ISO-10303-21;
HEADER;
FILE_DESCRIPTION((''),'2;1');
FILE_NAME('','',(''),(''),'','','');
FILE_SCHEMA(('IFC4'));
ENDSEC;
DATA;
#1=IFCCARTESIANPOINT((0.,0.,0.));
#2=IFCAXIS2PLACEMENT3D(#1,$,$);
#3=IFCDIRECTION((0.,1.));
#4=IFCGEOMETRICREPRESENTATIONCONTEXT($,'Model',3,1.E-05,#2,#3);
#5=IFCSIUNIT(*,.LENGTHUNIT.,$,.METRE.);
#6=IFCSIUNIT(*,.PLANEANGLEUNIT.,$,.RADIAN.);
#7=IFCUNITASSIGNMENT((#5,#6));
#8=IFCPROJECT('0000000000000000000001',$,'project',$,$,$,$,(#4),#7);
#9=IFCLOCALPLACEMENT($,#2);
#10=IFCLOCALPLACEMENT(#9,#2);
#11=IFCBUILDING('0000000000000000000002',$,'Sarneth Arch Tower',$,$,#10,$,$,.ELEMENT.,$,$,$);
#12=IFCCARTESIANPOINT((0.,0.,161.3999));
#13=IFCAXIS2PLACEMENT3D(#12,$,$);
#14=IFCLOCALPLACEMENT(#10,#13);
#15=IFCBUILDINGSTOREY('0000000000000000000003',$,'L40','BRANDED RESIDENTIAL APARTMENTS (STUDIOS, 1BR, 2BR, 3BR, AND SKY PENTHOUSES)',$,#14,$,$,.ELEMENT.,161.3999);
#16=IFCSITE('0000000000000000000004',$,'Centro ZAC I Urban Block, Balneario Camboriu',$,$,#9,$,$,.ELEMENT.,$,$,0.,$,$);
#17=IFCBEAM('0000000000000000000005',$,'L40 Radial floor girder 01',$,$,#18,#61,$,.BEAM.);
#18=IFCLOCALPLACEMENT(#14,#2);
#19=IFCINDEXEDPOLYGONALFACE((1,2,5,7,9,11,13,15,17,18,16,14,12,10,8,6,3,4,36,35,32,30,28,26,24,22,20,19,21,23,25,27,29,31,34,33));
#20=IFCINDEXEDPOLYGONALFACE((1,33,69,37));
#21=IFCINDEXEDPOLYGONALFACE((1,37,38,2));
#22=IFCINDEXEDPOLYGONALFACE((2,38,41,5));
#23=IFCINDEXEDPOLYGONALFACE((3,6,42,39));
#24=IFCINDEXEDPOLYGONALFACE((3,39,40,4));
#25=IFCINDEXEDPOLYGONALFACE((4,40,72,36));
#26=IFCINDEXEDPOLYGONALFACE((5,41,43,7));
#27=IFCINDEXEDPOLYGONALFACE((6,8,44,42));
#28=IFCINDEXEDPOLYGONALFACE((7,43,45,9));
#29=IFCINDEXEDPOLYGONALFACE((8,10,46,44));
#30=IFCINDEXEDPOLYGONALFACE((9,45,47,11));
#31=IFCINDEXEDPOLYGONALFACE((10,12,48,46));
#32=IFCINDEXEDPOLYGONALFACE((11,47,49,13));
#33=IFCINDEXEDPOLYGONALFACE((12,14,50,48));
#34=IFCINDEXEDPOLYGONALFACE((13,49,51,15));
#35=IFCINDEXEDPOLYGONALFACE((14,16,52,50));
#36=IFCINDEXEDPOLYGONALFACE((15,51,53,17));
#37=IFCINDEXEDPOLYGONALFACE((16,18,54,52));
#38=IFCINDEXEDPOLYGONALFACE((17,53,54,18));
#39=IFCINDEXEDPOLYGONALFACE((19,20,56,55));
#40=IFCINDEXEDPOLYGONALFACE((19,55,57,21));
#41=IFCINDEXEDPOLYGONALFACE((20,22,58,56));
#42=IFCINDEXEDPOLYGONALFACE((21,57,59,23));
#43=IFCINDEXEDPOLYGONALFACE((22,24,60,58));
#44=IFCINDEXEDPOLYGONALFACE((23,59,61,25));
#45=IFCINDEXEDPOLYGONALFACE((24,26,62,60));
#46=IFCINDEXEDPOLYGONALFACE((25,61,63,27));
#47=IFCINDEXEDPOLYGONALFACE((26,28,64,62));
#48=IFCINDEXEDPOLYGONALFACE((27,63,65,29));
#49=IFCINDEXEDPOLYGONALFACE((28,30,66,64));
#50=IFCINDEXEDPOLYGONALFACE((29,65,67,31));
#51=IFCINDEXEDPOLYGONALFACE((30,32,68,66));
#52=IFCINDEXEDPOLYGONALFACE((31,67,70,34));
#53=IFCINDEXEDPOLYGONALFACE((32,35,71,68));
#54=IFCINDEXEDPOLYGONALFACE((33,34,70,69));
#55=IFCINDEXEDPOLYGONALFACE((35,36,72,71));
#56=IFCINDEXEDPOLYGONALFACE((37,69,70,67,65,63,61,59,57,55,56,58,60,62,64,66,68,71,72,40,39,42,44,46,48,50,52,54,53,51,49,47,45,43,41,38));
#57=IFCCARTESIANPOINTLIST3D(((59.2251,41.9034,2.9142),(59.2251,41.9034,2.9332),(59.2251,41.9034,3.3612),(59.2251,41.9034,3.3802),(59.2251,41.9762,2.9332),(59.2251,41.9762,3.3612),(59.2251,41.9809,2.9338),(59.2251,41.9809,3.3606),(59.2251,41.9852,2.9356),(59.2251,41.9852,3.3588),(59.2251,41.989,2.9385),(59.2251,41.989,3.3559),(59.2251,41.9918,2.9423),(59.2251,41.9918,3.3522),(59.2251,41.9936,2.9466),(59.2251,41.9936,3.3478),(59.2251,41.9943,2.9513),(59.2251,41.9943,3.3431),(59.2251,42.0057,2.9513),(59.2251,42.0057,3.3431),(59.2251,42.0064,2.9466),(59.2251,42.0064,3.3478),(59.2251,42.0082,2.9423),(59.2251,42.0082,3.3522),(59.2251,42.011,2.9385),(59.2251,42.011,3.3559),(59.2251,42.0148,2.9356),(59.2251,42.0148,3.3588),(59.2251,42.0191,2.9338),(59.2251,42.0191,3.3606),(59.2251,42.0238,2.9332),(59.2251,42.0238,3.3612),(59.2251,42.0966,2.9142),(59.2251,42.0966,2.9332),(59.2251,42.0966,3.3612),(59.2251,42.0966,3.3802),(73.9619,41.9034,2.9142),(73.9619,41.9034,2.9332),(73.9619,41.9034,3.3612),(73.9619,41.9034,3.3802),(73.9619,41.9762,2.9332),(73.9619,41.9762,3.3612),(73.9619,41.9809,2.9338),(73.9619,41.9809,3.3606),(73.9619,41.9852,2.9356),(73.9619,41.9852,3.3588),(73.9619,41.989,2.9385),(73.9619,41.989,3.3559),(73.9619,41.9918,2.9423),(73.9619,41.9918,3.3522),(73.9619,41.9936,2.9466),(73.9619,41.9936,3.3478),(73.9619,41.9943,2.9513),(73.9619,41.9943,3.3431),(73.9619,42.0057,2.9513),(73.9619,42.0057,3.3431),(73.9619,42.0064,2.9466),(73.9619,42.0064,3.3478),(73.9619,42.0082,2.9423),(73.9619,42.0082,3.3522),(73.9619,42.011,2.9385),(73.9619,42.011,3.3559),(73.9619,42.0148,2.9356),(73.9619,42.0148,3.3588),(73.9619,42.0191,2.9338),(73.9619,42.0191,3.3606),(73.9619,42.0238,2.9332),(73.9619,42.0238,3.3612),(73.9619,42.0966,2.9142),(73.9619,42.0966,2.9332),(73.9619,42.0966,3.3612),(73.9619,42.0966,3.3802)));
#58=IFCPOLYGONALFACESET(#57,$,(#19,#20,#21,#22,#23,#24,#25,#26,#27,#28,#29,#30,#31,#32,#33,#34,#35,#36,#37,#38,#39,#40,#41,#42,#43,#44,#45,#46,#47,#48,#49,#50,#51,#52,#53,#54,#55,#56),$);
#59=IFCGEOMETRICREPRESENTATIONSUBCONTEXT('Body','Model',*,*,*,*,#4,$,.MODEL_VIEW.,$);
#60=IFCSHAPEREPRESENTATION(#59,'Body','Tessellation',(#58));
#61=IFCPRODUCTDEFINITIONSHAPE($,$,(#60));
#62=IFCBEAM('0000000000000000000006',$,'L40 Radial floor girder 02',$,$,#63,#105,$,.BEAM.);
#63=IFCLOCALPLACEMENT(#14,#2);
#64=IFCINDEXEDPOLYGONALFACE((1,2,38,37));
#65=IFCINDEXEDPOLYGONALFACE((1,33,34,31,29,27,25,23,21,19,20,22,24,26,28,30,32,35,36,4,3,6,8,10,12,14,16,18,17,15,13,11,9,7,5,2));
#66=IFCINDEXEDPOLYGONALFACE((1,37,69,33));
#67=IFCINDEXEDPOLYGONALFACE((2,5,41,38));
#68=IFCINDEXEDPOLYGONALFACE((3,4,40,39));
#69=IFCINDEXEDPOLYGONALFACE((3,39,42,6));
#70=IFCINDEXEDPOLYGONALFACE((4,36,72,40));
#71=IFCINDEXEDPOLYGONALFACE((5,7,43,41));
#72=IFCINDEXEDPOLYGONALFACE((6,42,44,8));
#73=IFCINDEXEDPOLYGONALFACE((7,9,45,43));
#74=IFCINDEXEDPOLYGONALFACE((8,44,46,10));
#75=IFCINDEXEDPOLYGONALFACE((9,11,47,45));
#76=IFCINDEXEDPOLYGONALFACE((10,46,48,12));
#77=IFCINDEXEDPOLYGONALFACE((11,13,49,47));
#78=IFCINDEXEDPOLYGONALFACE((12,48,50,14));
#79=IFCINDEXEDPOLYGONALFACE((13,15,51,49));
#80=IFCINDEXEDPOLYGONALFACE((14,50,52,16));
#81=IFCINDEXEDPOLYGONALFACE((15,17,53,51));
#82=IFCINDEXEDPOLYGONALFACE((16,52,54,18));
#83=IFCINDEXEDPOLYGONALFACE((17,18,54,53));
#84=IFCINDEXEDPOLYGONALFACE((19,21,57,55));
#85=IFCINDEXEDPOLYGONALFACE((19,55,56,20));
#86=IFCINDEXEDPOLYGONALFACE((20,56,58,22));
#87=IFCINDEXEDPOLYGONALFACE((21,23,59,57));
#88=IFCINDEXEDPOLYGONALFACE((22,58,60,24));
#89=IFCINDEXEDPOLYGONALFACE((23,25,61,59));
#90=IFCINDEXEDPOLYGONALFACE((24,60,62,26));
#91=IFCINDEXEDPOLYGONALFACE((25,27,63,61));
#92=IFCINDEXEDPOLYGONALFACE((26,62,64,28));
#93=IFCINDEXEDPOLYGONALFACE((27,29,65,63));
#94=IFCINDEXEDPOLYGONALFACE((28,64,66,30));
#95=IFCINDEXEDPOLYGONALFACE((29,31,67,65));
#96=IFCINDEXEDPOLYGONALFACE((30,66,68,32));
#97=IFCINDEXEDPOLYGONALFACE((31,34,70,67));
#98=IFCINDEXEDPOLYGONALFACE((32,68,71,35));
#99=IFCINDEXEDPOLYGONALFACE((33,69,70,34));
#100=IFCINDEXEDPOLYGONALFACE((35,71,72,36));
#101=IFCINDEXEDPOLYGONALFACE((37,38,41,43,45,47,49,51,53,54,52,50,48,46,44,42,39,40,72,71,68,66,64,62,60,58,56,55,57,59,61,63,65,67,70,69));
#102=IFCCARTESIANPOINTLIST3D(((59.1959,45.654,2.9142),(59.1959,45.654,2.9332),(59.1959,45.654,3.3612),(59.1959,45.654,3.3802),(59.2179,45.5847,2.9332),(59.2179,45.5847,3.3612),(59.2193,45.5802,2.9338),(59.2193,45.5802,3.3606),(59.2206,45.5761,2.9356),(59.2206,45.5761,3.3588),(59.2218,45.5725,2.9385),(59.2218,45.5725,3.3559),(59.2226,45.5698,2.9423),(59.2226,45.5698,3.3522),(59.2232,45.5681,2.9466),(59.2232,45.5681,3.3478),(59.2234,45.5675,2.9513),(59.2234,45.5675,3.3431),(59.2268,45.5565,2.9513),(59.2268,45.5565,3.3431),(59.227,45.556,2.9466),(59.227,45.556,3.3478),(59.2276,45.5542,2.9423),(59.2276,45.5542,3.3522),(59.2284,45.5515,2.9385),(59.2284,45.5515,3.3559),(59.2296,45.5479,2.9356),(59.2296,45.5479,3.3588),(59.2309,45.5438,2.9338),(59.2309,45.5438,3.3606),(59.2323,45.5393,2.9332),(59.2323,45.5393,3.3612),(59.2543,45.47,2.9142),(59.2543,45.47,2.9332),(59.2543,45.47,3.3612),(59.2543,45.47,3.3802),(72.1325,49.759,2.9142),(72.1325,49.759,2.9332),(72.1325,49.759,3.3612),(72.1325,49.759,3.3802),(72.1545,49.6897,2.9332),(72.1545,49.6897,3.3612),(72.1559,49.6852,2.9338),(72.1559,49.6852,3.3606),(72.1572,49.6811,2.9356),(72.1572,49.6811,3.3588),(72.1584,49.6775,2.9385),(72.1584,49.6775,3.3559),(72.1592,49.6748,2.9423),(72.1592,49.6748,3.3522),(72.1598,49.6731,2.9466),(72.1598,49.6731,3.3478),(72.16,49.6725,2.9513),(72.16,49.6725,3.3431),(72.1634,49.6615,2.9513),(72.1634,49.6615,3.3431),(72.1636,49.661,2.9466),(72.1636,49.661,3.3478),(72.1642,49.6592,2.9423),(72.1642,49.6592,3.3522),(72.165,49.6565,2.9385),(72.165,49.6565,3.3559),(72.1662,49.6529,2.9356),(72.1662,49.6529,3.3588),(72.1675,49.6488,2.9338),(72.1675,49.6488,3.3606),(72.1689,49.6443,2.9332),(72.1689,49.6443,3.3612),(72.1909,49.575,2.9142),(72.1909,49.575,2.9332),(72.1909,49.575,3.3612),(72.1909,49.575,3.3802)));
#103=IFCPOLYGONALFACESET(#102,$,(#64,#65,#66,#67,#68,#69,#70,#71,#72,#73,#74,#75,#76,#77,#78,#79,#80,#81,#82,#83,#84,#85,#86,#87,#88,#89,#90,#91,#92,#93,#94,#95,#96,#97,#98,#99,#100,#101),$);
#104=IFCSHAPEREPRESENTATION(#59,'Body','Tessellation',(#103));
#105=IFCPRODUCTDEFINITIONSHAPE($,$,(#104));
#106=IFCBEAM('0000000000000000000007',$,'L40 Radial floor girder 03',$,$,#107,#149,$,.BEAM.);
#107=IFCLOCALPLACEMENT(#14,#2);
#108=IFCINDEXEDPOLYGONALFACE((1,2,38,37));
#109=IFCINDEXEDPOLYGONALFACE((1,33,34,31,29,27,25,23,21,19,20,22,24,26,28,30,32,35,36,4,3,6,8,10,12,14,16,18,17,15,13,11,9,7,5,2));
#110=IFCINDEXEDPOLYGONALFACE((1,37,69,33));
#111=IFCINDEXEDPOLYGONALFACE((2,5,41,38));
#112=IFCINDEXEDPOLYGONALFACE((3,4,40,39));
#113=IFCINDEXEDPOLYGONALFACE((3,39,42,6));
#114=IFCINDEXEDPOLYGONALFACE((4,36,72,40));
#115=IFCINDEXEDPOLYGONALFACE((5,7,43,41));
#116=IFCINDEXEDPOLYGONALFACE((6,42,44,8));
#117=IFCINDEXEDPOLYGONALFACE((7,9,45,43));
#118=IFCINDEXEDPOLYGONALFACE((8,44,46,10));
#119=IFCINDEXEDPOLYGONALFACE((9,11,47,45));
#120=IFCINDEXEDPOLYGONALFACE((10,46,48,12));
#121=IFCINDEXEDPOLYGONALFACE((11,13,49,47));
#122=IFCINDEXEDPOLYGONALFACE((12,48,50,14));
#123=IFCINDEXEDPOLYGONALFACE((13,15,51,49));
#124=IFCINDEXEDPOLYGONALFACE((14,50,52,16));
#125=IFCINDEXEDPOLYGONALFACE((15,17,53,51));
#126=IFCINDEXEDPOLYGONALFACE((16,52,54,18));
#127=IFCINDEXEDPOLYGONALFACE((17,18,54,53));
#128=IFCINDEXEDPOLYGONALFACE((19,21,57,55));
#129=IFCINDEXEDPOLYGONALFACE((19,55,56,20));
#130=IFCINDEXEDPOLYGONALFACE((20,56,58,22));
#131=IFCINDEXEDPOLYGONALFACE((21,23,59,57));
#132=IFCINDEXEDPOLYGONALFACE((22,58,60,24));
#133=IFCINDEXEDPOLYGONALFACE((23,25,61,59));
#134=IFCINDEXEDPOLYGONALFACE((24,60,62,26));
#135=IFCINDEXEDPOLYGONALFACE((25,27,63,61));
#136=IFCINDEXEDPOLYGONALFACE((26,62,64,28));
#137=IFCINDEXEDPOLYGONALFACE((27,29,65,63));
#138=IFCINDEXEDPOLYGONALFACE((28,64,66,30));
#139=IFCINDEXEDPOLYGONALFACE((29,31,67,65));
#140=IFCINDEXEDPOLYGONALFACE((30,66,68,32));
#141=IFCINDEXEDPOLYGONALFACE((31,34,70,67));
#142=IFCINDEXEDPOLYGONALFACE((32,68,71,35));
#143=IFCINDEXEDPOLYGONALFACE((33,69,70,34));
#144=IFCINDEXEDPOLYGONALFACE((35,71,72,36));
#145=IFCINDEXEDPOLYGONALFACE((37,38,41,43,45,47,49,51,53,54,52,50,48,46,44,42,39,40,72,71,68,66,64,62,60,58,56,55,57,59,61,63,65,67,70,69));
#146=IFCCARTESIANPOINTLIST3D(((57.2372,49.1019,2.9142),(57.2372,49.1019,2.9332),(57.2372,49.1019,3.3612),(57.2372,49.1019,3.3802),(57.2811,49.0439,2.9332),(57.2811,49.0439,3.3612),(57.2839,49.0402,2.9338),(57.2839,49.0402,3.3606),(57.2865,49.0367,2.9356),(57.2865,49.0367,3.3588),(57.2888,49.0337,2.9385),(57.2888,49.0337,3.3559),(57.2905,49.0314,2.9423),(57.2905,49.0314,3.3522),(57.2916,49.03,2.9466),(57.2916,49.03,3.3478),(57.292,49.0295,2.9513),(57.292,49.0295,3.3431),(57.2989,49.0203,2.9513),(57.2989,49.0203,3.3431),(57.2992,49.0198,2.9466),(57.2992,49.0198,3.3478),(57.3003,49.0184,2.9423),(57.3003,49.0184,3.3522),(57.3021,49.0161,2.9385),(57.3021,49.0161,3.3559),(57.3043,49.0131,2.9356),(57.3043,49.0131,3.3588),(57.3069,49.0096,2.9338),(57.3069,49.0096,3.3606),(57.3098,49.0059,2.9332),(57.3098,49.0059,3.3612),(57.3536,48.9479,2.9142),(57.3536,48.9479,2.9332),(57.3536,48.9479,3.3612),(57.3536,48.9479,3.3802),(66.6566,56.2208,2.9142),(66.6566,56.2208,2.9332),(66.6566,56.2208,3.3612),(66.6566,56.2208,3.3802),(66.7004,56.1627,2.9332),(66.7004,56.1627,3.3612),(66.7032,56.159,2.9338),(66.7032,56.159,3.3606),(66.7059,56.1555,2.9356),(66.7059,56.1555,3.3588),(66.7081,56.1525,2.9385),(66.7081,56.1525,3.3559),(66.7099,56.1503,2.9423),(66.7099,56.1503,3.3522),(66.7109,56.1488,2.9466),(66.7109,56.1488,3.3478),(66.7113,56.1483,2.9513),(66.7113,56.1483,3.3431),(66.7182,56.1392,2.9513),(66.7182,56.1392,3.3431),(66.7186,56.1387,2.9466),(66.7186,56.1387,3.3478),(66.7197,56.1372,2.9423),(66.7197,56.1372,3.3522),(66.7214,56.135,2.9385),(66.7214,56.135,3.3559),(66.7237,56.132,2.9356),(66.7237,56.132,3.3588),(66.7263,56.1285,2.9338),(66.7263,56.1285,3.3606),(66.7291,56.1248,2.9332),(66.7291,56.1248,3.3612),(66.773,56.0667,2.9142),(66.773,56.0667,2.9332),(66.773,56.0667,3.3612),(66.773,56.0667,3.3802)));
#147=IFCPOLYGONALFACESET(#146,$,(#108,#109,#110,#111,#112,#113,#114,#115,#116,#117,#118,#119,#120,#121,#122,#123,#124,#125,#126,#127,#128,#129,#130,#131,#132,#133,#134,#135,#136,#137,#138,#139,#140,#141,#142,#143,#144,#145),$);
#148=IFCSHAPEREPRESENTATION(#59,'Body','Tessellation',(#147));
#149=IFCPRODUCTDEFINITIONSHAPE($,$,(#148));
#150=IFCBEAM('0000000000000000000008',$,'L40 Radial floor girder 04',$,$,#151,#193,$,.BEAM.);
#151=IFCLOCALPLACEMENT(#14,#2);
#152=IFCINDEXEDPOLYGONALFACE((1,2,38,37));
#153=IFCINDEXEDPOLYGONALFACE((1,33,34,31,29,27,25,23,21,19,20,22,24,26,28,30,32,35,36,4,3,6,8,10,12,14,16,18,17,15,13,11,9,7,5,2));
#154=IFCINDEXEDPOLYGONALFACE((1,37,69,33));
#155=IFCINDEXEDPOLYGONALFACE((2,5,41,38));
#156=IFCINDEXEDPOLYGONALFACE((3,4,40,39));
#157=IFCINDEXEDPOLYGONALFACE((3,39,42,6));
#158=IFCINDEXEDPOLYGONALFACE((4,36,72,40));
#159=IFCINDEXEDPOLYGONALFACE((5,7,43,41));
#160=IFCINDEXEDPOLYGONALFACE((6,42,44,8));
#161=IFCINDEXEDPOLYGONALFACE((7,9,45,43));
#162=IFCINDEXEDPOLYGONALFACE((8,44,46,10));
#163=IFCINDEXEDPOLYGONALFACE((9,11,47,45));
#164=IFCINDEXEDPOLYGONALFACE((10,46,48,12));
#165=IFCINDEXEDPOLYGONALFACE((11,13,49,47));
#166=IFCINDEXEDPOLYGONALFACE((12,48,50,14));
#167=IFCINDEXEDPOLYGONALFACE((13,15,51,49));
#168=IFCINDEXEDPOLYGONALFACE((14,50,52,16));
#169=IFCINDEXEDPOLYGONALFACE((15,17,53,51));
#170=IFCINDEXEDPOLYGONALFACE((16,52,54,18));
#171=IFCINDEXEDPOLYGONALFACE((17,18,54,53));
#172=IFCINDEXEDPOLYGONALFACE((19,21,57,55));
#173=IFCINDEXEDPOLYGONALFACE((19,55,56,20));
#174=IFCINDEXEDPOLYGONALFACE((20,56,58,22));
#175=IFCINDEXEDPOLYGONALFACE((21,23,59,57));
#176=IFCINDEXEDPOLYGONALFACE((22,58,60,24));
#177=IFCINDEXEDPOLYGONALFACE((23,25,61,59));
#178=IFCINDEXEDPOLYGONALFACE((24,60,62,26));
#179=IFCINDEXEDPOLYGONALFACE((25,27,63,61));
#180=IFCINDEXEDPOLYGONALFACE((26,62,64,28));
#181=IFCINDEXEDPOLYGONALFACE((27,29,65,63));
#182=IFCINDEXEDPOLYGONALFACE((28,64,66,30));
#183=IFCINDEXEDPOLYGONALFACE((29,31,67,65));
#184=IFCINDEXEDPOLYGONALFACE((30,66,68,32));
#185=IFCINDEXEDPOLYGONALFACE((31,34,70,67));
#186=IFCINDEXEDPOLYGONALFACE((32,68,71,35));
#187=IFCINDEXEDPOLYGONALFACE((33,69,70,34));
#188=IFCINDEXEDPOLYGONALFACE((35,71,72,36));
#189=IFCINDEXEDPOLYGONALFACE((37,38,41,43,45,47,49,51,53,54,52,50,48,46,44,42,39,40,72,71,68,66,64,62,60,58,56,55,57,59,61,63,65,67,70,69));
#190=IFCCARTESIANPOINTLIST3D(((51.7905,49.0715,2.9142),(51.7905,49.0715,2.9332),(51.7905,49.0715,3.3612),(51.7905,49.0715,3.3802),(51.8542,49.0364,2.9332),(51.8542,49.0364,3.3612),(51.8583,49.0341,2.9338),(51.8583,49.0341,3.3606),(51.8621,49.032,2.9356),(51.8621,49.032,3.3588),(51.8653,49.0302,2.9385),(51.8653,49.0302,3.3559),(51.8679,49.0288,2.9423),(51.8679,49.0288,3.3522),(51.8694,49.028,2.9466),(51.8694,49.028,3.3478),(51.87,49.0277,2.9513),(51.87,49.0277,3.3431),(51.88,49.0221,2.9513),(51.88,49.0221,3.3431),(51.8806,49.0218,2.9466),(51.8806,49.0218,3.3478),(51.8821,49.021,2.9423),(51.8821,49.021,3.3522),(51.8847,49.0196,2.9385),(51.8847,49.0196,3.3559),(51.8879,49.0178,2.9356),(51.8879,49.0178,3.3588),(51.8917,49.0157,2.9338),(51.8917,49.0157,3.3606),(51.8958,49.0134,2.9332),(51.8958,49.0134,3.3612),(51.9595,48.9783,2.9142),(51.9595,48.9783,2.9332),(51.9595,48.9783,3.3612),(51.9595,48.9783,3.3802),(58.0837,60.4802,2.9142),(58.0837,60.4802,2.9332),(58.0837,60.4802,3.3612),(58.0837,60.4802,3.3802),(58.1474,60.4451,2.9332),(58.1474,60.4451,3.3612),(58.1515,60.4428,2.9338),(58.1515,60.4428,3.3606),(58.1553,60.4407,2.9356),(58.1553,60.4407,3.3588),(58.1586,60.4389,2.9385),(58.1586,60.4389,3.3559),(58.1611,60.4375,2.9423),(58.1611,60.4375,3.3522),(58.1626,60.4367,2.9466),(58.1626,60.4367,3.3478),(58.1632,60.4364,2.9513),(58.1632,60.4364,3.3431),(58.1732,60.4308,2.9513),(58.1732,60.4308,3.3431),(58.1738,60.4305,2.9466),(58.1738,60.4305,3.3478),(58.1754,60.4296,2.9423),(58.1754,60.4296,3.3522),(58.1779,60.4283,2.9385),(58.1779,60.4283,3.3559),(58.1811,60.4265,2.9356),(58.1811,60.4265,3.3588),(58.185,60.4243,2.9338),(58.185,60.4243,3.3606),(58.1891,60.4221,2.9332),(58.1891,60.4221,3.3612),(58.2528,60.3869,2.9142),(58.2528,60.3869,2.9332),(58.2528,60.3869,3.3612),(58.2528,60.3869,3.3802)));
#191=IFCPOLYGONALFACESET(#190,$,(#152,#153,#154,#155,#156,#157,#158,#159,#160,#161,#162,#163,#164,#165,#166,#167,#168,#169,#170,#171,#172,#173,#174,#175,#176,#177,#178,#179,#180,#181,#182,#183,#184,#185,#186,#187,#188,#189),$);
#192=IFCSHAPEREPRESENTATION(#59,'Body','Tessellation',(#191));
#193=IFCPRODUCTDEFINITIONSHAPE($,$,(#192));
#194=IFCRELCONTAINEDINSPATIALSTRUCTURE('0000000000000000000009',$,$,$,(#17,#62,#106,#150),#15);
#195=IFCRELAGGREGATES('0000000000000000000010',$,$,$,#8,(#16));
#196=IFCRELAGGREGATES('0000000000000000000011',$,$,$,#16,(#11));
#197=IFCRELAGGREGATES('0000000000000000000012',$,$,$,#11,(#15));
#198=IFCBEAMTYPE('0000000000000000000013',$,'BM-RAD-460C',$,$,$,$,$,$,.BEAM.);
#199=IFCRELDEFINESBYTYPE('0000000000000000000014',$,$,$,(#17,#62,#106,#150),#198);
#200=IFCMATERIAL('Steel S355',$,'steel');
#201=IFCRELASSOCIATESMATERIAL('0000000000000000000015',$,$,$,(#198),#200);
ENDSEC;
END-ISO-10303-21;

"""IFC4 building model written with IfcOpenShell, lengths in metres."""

from ifc_helpers import new_model, si_unit, direction, frame, origin, origin_2d, place, context, subcontext, project, spatial, i_section, extrude, material, material_profile, profile_set, type_object, element, save


model = new_model("IFC4")

# Units and contexts
model_context = context("Model", 3, precision=1e-05, world=origin(), true_north=direction((0.0, 1.0)))
body_context = subcontext(model_context, "Body", "Model", "MODEL_VIEW")
ifc_project = project(units=[si_unit("LENGTHUNIT", "METRE"), si_unit("PLANEANGLEUNIT", "RADIAN")], contexts=[model_context])

# Site, building, storey
site_placement = place(None, origin())
site = spatial("IfcSite", under=ifc_project, at=site_placement, Name="Centro ZAC I Urban Block, Balneario Camboriu", CompositionType="ELEMENT", RefElevation=0.0)
building_placement = place(site_placement, origin())
building = spatial("IfcBuilding", under=site, at=building_placement, Name="Sarneth Arch Tower", CompositionType="ELEMENT")
storey_placement = place(building_placement, frame((0.0, 0.0, 161.3999)))
storey = spatial("IfcBuildingStorey", under=building, at=storey_placement, Name="L40", Description="BRANDED RESIDENTIAL APARTMENTS (STUDIOS, 1BR, 2BR, 3BR, AND SKY PENTHOUSES)", CompositionType="ELEMENT", Elevation=161.3999)

# Beams
ifc_material_1 = material(Name="Steel S355", Category="steel")
ifc_material_profile_1 = material_profile(ifc_material_1, i_section(OverallWidth=0.1931, OverallDepth=0.4661, WebThickness=0.0115, FlangeThickness=0.019, FilletRadius=0.0181, at=origin_2d()), Name="W460x97")
ifc_profile_set_1 = profile_set([ifc_material_profile_1], Name="Steel S355")
beam_type_1 = type_object("IfcBeamType", Name="BM-RAD-460C", PredefinedType="BEAM", material=ifc_profile_set_1)
beam_1_placement = place(storey_placement, frame((59.2251, 42.0, 3.1472), z_axis=(1.0, 0.0, 0.0), x_axis=(0.0, 1.0, 0.0)))
element("IfcBeam", 1, at=beam_1_placement, inside=storey, type_object=beam_type_1, Name="L40 Radial floor girder 01", PredefinedType="BEAM", context=body_context, shape_type="SweptSolid", body=[
    extrude(i_section(OverallWidth=0.1931, OverallDepth=0.4661, WebThickness=0.0115, FlangeThickness=0.019, FilletRadius=0.0181, at=origin_2d()), origin(), (0.0, 0.0, 1.0), 14.7368),
])
beam_2_placement = place(storey_placement, frame((59.2251, 45.562, 3.1472), z_axis=(0.953164, 0.302455, 0.0), x_axis=(-0.302455, 0.953164, 0.0)))
element("IfcBeam", 2, at=beam_2_placement, inside=storey, type_object=beam_type_1, Name="L40 Radial floor girder 02", PredefinedType="BEAM", context=body_context, shape_type="SweptSolid", body=[
    extrude(i_section(OverallWidth=0.1931, OverallDepth=0.4661, WebThickness=0.0115, FlangeThickness=0.019, FilletRadius=0.0181, at=origin_2d()), origin(), (0.0, 0.0, 1.0), 13.5723),
])
beam_3_placement = place(storey_placement, frame((57.2954, 49.0249, 3.1472), z_axis=(0.797786, 0.60294, 0.0), x_axis=(-0.60294, 0.797786, 0.0)))
element("IfcBeam", 3, at=beam_3_placement, inside=storey, type_object=beam_type_1, Name="L40 Radial floor girder 03", PredefinedType="BEAM", context=body_context, shape_type="SweptSolid", body=[
    extrude(i_section(OverallWidth=0.1931, OverallDepth=0.4661, WebThickness=0.0115, FlangeThickness=0.019, FilletRadius=0.0181, at=origin_2d()), origin(), (0.0, 0.0, 1.0), 11.8069),
])
beam_4_placement = place(storey_placement, frame((51.875, 49.0249, 3.1472), z_axis=(0.483005, 0.875618, 0.0), x_axis=(-0.875618, 0.483005, 0.0)))
element("IfcBeam", 4, at=beam_4_placement, inside=storey, type_object=beam_type_1, Name="L40 Radial floor girder 04", PredefinedType="BEAM", context=body_context, shape_type="SweptSolid", body=[
    extrude(i_section(OverallWidth=0.1931, OverallDepth=0.4661, WebThickness=0.0115, FlangeThickness=0.019, FilletRadius=0.0181, at=origin_2d()), origin(), (0.0, 0.0, 1.0), 13.0293),
])

save(model, "model.ifc")
